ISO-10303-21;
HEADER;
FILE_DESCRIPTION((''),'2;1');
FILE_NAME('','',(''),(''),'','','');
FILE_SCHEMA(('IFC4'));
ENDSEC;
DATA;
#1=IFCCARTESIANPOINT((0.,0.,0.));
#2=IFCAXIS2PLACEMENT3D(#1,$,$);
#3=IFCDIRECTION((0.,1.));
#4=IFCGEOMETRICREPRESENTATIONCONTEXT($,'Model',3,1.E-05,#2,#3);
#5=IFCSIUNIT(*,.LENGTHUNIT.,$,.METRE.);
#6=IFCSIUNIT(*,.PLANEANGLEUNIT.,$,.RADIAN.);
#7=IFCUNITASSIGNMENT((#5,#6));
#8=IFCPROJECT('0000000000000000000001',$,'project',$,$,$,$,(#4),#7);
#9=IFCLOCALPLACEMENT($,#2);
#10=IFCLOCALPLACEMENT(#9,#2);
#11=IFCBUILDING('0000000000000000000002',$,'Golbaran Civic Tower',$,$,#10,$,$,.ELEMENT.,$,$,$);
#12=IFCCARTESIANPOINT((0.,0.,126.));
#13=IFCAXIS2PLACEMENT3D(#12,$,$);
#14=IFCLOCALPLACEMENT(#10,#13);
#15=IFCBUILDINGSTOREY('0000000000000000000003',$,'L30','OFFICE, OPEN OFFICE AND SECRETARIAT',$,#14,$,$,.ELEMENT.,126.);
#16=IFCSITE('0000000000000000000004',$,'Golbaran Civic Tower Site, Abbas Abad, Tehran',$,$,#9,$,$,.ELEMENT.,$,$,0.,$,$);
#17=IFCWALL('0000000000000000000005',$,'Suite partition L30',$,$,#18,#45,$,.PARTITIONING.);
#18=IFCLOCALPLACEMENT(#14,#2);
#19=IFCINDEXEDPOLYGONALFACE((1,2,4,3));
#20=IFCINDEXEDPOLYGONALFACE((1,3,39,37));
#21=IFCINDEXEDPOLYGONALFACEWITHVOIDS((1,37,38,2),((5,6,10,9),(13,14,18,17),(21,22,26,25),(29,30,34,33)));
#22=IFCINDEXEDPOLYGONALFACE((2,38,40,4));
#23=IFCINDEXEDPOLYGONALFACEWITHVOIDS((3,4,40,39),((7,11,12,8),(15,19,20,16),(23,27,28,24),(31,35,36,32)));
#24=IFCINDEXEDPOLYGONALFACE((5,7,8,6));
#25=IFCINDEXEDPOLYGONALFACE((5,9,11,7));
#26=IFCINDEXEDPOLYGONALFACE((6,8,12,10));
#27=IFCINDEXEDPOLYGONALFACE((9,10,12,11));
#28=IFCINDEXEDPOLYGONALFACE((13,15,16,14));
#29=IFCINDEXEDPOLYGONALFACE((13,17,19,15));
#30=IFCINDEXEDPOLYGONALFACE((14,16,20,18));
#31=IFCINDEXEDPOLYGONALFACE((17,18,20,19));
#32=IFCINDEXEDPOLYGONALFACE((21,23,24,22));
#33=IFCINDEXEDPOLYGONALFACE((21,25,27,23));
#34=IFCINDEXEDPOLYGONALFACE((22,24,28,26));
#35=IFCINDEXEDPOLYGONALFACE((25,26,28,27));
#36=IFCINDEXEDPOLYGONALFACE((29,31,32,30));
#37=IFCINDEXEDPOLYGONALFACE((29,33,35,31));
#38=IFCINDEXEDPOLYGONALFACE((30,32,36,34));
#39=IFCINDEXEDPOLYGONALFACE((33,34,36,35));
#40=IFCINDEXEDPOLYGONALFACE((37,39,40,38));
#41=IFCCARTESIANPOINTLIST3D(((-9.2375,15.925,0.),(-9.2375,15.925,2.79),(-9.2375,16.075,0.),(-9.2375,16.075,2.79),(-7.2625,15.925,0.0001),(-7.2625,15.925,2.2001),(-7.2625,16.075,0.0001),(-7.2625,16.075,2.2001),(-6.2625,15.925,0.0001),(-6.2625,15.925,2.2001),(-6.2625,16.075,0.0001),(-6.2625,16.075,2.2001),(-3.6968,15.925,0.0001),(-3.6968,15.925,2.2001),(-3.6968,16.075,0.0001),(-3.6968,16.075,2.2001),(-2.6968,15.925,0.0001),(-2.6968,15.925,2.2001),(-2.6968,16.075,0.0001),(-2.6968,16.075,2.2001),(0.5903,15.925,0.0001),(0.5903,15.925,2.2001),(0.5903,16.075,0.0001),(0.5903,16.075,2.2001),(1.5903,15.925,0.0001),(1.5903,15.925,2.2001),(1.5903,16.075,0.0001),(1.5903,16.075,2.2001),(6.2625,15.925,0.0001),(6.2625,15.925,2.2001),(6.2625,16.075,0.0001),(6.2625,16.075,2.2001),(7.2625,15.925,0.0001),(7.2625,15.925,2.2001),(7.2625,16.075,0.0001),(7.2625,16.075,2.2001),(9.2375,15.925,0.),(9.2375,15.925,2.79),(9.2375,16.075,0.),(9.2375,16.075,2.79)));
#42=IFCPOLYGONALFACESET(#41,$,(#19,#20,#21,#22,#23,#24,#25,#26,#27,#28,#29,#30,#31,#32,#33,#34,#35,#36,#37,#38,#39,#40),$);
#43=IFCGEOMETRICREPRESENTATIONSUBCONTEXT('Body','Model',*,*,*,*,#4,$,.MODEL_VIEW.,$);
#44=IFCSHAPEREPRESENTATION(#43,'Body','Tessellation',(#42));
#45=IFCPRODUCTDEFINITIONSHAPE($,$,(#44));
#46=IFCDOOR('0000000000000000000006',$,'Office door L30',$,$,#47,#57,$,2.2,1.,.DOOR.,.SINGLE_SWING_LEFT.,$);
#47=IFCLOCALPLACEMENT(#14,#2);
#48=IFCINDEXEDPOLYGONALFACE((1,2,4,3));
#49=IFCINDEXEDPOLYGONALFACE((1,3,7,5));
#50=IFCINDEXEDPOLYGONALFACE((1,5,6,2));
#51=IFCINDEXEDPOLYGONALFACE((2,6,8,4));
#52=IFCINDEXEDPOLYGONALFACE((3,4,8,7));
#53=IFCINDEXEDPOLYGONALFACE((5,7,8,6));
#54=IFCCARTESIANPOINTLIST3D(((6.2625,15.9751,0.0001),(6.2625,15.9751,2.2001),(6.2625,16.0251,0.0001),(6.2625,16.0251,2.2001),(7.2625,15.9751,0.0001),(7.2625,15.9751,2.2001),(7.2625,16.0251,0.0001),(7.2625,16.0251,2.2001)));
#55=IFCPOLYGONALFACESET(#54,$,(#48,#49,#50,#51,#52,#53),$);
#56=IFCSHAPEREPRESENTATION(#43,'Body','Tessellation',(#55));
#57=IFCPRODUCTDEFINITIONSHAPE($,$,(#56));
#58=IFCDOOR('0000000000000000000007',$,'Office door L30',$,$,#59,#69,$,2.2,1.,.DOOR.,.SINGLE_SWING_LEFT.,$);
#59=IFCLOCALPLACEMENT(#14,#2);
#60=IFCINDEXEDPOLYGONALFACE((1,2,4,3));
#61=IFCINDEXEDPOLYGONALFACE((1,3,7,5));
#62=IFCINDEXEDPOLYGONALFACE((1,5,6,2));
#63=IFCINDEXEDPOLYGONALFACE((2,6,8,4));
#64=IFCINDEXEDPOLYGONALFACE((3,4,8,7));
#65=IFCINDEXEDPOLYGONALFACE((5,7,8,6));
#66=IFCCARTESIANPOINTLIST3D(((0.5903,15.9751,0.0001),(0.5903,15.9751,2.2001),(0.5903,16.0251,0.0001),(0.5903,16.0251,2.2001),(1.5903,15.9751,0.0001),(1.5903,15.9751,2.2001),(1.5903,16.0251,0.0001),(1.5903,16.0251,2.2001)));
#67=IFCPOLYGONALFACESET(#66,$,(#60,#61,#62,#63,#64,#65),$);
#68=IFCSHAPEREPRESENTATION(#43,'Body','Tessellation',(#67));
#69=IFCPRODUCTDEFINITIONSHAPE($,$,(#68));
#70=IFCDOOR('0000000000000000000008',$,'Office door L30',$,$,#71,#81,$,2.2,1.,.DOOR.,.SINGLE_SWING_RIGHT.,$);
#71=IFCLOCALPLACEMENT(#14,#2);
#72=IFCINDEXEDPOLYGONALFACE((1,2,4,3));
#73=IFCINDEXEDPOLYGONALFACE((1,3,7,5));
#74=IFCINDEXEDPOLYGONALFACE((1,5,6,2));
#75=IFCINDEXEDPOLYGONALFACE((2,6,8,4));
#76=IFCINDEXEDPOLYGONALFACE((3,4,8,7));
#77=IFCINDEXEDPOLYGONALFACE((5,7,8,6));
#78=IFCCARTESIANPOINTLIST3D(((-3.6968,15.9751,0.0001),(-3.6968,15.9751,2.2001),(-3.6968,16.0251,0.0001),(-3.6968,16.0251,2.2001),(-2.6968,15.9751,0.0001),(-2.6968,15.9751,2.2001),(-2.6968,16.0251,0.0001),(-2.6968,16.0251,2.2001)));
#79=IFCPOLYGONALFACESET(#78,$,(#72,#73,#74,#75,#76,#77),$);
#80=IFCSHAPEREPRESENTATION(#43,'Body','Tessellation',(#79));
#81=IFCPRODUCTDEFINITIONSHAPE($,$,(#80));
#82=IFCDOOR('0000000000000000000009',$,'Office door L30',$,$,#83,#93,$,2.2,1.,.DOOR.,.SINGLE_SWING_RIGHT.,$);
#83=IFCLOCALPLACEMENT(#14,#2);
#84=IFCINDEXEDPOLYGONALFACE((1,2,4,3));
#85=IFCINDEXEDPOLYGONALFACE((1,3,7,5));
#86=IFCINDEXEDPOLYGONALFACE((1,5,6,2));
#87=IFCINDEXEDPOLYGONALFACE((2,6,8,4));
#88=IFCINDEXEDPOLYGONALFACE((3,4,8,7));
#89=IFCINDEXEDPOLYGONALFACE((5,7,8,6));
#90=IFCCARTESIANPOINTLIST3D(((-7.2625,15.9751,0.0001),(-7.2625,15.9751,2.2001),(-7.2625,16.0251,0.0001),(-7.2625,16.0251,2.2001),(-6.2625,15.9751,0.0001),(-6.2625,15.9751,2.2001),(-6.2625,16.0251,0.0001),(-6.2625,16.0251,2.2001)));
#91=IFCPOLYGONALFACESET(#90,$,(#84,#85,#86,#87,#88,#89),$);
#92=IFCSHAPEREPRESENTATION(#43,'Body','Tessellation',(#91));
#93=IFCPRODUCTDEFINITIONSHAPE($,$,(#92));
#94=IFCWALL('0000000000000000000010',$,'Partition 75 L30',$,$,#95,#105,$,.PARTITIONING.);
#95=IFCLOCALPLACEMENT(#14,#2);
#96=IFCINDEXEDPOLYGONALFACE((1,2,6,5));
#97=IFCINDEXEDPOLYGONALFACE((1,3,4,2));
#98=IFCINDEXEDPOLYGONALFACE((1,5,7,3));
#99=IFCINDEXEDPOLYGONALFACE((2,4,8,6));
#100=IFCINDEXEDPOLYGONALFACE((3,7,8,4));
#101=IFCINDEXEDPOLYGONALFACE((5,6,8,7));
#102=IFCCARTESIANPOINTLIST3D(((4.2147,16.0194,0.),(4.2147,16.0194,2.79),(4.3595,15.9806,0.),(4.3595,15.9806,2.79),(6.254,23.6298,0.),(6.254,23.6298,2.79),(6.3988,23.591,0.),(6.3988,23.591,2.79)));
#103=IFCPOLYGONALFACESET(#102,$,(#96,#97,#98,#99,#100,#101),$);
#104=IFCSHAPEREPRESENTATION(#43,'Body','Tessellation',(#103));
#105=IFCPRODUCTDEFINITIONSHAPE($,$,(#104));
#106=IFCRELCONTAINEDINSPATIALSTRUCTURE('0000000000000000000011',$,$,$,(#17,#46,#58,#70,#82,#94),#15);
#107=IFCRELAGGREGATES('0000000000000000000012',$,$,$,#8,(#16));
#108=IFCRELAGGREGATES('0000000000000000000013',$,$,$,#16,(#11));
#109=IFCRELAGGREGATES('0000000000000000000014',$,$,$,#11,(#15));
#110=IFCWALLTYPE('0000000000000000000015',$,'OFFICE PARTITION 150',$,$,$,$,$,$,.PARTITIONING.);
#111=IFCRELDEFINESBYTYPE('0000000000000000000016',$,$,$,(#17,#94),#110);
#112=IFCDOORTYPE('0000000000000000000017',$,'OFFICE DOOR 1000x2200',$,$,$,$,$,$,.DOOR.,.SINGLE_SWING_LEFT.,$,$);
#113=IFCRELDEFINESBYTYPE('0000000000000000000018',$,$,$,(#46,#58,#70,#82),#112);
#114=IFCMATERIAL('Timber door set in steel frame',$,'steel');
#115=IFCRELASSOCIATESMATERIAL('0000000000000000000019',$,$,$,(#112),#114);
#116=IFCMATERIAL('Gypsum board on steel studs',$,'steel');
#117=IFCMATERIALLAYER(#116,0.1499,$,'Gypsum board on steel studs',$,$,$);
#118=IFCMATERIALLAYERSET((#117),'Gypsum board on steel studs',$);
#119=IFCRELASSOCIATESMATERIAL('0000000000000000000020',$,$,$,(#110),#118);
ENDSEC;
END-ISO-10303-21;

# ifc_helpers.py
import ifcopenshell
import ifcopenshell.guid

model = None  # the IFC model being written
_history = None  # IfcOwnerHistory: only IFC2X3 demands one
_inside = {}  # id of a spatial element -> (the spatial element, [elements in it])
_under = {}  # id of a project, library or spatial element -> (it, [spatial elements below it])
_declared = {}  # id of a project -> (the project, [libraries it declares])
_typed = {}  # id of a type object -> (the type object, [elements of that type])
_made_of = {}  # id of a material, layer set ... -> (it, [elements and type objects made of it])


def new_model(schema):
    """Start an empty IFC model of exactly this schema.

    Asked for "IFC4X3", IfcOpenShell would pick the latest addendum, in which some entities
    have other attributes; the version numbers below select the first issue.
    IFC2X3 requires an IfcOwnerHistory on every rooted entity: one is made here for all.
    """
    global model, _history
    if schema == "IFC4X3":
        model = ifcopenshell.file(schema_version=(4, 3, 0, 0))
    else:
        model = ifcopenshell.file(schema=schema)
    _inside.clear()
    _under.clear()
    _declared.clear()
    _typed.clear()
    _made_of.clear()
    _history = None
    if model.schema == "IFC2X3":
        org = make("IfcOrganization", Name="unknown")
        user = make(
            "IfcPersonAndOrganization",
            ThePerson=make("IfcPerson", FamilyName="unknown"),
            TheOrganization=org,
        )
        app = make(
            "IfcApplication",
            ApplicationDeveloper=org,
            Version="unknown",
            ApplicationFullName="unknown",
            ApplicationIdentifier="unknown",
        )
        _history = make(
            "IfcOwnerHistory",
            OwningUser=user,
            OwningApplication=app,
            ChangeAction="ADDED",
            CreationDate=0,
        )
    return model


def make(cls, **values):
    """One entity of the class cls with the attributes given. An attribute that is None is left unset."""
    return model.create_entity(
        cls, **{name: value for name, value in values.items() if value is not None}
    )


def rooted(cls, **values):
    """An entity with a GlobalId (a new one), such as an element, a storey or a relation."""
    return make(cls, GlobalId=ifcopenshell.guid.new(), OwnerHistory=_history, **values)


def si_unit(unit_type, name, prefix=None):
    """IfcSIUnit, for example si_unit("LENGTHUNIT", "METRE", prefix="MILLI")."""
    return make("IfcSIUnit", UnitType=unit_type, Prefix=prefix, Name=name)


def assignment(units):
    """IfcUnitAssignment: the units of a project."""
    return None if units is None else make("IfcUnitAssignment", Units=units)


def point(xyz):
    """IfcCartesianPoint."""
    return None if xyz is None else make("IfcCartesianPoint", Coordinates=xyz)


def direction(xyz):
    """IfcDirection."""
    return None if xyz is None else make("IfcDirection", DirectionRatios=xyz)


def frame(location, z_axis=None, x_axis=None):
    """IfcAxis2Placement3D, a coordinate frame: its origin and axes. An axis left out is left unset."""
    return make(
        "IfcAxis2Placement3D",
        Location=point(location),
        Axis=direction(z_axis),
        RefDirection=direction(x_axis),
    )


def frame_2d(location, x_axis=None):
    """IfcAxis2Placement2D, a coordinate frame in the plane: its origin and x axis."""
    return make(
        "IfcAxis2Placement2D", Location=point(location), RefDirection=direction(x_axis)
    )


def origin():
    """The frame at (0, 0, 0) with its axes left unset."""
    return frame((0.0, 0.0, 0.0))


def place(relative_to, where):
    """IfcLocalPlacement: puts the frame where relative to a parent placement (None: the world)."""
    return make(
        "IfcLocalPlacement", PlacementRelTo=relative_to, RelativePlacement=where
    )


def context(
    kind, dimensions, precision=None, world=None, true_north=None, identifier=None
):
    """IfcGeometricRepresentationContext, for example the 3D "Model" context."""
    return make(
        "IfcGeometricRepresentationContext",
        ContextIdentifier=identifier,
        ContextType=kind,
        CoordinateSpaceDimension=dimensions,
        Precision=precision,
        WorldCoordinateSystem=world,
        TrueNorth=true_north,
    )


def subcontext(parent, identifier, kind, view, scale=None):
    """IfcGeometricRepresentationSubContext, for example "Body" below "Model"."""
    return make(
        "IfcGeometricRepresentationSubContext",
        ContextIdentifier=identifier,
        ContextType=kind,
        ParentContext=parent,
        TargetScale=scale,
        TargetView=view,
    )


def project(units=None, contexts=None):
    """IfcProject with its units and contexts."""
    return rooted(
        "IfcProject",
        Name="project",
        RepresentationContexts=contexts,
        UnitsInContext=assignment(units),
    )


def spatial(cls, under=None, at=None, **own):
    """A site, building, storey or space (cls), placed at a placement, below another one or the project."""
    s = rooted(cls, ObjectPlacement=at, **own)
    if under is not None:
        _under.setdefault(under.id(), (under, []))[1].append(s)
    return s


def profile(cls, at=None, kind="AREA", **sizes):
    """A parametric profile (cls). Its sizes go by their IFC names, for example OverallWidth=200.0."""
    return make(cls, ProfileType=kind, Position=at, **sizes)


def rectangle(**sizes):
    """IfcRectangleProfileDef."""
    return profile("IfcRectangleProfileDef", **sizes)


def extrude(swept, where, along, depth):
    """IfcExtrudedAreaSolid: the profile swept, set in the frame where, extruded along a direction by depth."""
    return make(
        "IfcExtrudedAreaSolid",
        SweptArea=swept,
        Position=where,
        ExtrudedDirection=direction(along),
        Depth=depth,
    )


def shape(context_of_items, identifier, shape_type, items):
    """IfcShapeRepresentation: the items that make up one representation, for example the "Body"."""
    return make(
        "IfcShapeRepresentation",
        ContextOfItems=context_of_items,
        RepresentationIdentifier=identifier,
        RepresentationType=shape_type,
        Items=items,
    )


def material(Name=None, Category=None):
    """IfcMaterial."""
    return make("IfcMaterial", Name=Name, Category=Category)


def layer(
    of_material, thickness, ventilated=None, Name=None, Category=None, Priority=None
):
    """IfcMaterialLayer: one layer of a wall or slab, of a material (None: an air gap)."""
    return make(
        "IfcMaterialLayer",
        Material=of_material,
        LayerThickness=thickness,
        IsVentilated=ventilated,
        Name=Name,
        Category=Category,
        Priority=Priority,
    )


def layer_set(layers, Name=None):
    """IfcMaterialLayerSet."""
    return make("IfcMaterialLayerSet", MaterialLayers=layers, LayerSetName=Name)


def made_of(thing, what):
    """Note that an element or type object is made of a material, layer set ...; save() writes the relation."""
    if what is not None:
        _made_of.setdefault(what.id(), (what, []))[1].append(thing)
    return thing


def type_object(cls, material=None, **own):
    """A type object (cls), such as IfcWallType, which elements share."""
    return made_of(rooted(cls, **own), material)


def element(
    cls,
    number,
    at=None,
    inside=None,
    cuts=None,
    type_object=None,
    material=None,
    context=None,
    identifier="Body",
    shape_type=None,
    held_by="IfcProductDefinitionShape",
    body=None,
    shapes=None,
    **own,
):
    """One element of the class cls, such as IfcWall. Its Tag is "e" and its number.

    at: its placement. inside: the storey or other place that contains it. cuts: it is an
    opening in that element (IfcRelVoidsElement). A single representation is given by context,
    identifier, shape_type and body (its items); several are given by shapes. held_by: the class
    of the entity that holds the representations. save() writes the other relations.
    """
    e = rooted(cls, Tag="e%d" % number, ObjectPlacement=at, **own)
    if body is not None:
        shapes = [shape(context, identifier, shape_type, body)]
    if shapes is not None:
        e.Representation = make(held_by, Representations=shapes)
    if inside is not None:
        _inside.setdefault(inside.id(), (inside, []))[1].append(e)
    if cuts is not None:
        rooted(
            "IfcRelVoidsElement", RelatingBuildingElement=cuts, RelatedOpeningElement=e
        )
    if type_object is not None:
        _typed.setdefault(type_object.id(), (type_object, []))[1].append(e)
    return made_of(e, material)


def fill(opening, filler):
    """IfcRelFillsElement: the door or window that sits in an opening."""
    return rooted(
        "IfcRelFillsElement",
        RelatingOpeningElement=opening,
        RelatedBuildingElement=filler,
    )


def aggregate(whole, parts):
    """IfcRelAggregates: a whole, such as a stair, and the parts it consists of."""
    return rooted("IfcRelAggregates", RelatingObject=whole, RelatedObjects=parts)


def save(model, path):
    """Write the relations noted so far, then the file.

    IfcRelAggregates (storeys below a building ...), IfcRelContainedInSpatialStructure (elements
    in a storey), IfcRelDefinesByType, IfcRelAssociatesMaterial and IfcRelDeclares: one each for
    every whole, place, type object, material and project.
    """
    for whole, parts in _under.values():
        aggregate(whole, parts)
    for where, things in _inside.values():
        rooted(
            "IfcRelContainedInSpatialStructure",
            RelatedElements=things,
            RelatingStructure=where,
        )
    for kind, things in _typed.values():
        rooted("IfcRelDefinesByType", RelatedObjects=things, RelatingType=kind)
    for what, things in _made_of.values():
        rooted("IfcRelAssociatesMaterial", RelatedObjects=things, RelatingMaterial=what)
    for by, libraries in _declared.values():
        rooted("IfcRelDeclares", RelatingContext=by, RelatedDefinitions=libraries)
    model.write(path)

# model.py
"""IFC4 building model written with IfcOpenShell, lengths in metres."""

from ifc_helpers import new_model, si_unit, direction, frame, frame_2d, origin, place, context, subcontext, project, spatial, rectangle, extrude, material, layer, layer_set, type_object, element, fill, save


model = new_model("IFC4")

# Units and contexts
model_context = context("Model", 3, precision=1e-05, world=origin(), true_north=direction((0.0, 1.0)))
body_context = subcontext(model_context, "Body", "Model", "MODEL_VIEW")
ifc_project = project(units=[si_unit("LENGTHUNIT", "METRE"), si_unit("PLANEANGLEUNIT", "RADIAN")], contexts=[model_context])

# Site, building, storey
site_placement = place(None, origin())
site = spatial("IfcSite", under=ifc_project, at=site_placement, Name="Golbaran Civic Tower Site, Abbas Abad, Tehran", CompositionType="ELEMENT", RefElevation=0.0)
building_placement = place(site_placement, origin())
building = spatial("IfcBuilding", under=site, at=building_placement, Name="Golbaran Civic Tower", CompositionType="ELEMENT")
storey_placement = place(building_placement, frame((0.0, 0.0, 126.0)))
storey = spatial("IfcBuildingStorey", under=building, at=storey_placement, Name="L30", Description="OFFICE, OPEN OFFICE AND SECRETARIAT", CompositionType="ELEMENT", Elevation=126.0)

# Shared definitions
ifc_material_1 = material(Name="Timber door set in steel frame", Category="steel")
door_type_1 = type_object("IfcDoorType", Name="OFFICE DOOR 1000x2200", OperationType="SINGLE_SWING_LEFT", PredefinedType="DOOR", material=ifc_material_1)

# Shared definitions
ifc_material_2 = material(Name="Gypsum board on steel studs", Category="steel")
ifc_layer_1 = layer(ifc_material_2, 0.1499, Name="Gypsum board on steel studs")
ifc_layer_set_1 = layer_set([ifc_layer_1], Name="Gypsum board on steel studs")
wall_type_1 = type_object("IfcWallType", Name="OFFICE PARTITION 150", PredefinedType="PARTITIONING", material=ifc_layer_set_1)

# Wall, openings, doors
wall_1_placement = place(storey_placement, frame((9.2375, 16.0, 0.0), z_axis=(0.0, 0.0, 1.0), x_axis=(-1.0, 0.0, 0.0)))
wall_1 = element("IfcWall", 1, at=wall_1_placement, inside=storey, type_object=wall_type_1, Name="Suite partition L30", PredefinedType="PARTITIONING", context=body_context, shape_type="SweptSolid", body=[
    extrude(rectangle(XDim=18.4751, YDim=0.1499, at=frame_2d((9.2375, 0.0))), origin(), (0.0, 0.0, 1.0), 2.79),
])
opening_1_placement = place(wall_1_placement, frame((1.9751, 0.0, 0.0)))
opening_1 = element("IfcOpeningElement", 2, at=opening_1_placement, cuts=wall_1, PredefinedType="OPENING", context=body_context, shape_type="SweptSolid", body=[
    extrude(rectangle(XDim=1.0, YDim=2.2, at=frame_2d((0.5, 1.1001))), frame((0.0, 0.085, 0.0), z_axis=(0.0, -1.0, 0.0), x_axis=(1.0, 0.0, 0.0)), (0.0, 0.0, 1.0), 0.1699),
])
opening_2_placement = place(wall_1_placement, frame((7.6472, 0.0, 0.0)))
opening_2 = element("IfcOpeningElement", 3, at=opening_2_placement, cuts=wall_1, PredefinedType="OPENING", context=body_context, shape_type="SweptSolid", body=[
    extrude(rectangle(XDim=1.0, YDim=2.2, at=frame_2d((0.5, 1.1001))), frame((0.0, 0.085, 0.0), z_axis=(0.0, -1.0, 0.0), x_axis=(1.0, 0.0, 0.0)), (0.0, 0.0, 1.0), 0.1699),
])
opening_3_placement = place(wall_1_placement, frame((11.9343, 0.0, 0.0)))
opening_3 = element("IfcOpeningElement", 4, at=opening_3_placement, cuts=wall_1, PredefinedType="OPENING", context=body_context, shape_type="SweptSolid", body=[
    extrude(rectangle(XDim=1.0, YDim=2.2, at=frame_2d((0.5, 1.1001))), frame((0.0, 0.085, 0.0), z_axis=(0.0, -1.0, 0.0), x_axis=(1.0, 0.0, 0.0)), (0.0, 0.0, 1.0), 0.1699),
])
opening_4_placement = place(wall_1_placement, frame((15.5, 0.0, 0.0)))
opening_4 = element("IfcOpeningElement", 5, at=opening_4_placement, cuts=wall_1, PredefinedType="OPENING", context=body_context, shape_type="SweptSolid", body=[
    extrude(rectangle(XDim=1.0, YDim=2.2, at=frame_2d((0.5, 1.1001))), frame((0.0, 0.085, 0.0), z_axis=(0.0, -1.0, 0.0), x_axis=(1.0, 0.0, 0.0)), (0.0, 0.0, 1.0), 0.1699),
])
door_1_placement = place(opening_1_placement, origin())
door_1 = element("IfcDoor", 6, at=door_1_placement, inside=storey, type_object=door_type_1, Name="Office door L30", OperationType="SINGLE_SWING_LEFT", OverallHeight=2.2, OverallWidth=1.0, PredefinedType="DOOR", context=body_context, shape_type="SweptSolid", body=[
    extrude(rectangle(XDim=1.0, YDim=2.2, at=frame_2d((0.5, 1.1001))), frame((0.0, 0.0249, 0.0), z_axis=(0.0, -1.0, 0.0), x_axis=(1.0, 0.0, 0.0)), (0.0, 0.0, 1.0), 0.05),
])
fill(opening_1, door_1)
door_2_placement = place(opening_2_placement, origin())
door_2 = element("IfcDoor", 7, at=door_2_placement, inside=storey, type_object=door_type_1, Name="Office door L30", OperationType="SINGLE_SWING_LEFT", OverallHeight=2.2, OverallWidth=1.0, PredefinedType="DOOR", context=body_context, shape_type="SweptSolid", body=[
    extrude(rectangle(XDim=1.0, YDim=2.2, at=frame_2d((0.5, 1.1001))), frame((0.0, 0.0249, 0.0), z_axis=(0.0, -1.0, 0.0), x_axis=(1.0, 0.0, 0.0)), (0.0, 0.0, 1.0), 0.05),
])
fill(opening_2, door_2)
door_3_placement = place(opening_3_placement, origin())
door_3 = element("IfcDoor", 8, at=door_3_placement, inside=storey, type_object=door_type_1, Name="Office door L30", OperationType="SINGLE_SWING_RIGHT", OverallHeight=2.2, OverallWidth=1.0, PredefinedType="DOOR", context=body_context, shape_type="SweptSolid", body=[
    extrude(rectangle(XDim=1.0, YDim=2.2, at=frame_2d((0.5, 1.1001))), frame((0.0, 0.0249, 0.0), z_axis=(0.0, -1.0, 0.0), x_axis=(1.0, 0.0, 0.0)), (0.0, 0.0, 1.0), 0.05),
])
fill(opening_3, door_3)
door_4_placement = place(opening_4_placement, origin())
door_4 = element("IfcDoor", 9, at=door_4_placement, inside=storey, type_object=door_type_1, Name="Office door L30", OperationType="SINGLE_SWING_RIGHT", OverallHeight=2.2, OverallWidth=1.0, PredefinedType="DOOR", context=body_context, shape_type="SweptSolid", body=[
    extrude(rectangle(XDim=1.0, YDim=2.2, at=frame_2d((0.5, 1.1001))), frame((0.0, 0.0249, 0.0), z_axis=(0.0, -1.0, 0.0), x_axis=(1.0, 0.0, 0.0)), (0.0, 0.0, 1.0), 0.05),
])
fill(opening_4, door_4)

# Wall
wall_2_placement = place(storey_placement, frame((4.2871, 16.0, 0.0), z_axis=(0.0, 0.0, 1.0), x_axis=(0.258833, 0.965922, 0.0)))
element("IfcWall", 10, at=wall_2_placement, inside=storey, type_object=wall_type_1, Name="Partition 75 L30", PredefinedType="PARTITIONING", context=body_context, shape_type="SweptSolid", body=[
    extrude(rectangle(XDim=7.8789, YDim=0.1499, at=frame_2d((3.9395, 0.0))), origin(), (0.0, 0.0, 1.0), 2.79),
])

save(model, "model.ifc")
